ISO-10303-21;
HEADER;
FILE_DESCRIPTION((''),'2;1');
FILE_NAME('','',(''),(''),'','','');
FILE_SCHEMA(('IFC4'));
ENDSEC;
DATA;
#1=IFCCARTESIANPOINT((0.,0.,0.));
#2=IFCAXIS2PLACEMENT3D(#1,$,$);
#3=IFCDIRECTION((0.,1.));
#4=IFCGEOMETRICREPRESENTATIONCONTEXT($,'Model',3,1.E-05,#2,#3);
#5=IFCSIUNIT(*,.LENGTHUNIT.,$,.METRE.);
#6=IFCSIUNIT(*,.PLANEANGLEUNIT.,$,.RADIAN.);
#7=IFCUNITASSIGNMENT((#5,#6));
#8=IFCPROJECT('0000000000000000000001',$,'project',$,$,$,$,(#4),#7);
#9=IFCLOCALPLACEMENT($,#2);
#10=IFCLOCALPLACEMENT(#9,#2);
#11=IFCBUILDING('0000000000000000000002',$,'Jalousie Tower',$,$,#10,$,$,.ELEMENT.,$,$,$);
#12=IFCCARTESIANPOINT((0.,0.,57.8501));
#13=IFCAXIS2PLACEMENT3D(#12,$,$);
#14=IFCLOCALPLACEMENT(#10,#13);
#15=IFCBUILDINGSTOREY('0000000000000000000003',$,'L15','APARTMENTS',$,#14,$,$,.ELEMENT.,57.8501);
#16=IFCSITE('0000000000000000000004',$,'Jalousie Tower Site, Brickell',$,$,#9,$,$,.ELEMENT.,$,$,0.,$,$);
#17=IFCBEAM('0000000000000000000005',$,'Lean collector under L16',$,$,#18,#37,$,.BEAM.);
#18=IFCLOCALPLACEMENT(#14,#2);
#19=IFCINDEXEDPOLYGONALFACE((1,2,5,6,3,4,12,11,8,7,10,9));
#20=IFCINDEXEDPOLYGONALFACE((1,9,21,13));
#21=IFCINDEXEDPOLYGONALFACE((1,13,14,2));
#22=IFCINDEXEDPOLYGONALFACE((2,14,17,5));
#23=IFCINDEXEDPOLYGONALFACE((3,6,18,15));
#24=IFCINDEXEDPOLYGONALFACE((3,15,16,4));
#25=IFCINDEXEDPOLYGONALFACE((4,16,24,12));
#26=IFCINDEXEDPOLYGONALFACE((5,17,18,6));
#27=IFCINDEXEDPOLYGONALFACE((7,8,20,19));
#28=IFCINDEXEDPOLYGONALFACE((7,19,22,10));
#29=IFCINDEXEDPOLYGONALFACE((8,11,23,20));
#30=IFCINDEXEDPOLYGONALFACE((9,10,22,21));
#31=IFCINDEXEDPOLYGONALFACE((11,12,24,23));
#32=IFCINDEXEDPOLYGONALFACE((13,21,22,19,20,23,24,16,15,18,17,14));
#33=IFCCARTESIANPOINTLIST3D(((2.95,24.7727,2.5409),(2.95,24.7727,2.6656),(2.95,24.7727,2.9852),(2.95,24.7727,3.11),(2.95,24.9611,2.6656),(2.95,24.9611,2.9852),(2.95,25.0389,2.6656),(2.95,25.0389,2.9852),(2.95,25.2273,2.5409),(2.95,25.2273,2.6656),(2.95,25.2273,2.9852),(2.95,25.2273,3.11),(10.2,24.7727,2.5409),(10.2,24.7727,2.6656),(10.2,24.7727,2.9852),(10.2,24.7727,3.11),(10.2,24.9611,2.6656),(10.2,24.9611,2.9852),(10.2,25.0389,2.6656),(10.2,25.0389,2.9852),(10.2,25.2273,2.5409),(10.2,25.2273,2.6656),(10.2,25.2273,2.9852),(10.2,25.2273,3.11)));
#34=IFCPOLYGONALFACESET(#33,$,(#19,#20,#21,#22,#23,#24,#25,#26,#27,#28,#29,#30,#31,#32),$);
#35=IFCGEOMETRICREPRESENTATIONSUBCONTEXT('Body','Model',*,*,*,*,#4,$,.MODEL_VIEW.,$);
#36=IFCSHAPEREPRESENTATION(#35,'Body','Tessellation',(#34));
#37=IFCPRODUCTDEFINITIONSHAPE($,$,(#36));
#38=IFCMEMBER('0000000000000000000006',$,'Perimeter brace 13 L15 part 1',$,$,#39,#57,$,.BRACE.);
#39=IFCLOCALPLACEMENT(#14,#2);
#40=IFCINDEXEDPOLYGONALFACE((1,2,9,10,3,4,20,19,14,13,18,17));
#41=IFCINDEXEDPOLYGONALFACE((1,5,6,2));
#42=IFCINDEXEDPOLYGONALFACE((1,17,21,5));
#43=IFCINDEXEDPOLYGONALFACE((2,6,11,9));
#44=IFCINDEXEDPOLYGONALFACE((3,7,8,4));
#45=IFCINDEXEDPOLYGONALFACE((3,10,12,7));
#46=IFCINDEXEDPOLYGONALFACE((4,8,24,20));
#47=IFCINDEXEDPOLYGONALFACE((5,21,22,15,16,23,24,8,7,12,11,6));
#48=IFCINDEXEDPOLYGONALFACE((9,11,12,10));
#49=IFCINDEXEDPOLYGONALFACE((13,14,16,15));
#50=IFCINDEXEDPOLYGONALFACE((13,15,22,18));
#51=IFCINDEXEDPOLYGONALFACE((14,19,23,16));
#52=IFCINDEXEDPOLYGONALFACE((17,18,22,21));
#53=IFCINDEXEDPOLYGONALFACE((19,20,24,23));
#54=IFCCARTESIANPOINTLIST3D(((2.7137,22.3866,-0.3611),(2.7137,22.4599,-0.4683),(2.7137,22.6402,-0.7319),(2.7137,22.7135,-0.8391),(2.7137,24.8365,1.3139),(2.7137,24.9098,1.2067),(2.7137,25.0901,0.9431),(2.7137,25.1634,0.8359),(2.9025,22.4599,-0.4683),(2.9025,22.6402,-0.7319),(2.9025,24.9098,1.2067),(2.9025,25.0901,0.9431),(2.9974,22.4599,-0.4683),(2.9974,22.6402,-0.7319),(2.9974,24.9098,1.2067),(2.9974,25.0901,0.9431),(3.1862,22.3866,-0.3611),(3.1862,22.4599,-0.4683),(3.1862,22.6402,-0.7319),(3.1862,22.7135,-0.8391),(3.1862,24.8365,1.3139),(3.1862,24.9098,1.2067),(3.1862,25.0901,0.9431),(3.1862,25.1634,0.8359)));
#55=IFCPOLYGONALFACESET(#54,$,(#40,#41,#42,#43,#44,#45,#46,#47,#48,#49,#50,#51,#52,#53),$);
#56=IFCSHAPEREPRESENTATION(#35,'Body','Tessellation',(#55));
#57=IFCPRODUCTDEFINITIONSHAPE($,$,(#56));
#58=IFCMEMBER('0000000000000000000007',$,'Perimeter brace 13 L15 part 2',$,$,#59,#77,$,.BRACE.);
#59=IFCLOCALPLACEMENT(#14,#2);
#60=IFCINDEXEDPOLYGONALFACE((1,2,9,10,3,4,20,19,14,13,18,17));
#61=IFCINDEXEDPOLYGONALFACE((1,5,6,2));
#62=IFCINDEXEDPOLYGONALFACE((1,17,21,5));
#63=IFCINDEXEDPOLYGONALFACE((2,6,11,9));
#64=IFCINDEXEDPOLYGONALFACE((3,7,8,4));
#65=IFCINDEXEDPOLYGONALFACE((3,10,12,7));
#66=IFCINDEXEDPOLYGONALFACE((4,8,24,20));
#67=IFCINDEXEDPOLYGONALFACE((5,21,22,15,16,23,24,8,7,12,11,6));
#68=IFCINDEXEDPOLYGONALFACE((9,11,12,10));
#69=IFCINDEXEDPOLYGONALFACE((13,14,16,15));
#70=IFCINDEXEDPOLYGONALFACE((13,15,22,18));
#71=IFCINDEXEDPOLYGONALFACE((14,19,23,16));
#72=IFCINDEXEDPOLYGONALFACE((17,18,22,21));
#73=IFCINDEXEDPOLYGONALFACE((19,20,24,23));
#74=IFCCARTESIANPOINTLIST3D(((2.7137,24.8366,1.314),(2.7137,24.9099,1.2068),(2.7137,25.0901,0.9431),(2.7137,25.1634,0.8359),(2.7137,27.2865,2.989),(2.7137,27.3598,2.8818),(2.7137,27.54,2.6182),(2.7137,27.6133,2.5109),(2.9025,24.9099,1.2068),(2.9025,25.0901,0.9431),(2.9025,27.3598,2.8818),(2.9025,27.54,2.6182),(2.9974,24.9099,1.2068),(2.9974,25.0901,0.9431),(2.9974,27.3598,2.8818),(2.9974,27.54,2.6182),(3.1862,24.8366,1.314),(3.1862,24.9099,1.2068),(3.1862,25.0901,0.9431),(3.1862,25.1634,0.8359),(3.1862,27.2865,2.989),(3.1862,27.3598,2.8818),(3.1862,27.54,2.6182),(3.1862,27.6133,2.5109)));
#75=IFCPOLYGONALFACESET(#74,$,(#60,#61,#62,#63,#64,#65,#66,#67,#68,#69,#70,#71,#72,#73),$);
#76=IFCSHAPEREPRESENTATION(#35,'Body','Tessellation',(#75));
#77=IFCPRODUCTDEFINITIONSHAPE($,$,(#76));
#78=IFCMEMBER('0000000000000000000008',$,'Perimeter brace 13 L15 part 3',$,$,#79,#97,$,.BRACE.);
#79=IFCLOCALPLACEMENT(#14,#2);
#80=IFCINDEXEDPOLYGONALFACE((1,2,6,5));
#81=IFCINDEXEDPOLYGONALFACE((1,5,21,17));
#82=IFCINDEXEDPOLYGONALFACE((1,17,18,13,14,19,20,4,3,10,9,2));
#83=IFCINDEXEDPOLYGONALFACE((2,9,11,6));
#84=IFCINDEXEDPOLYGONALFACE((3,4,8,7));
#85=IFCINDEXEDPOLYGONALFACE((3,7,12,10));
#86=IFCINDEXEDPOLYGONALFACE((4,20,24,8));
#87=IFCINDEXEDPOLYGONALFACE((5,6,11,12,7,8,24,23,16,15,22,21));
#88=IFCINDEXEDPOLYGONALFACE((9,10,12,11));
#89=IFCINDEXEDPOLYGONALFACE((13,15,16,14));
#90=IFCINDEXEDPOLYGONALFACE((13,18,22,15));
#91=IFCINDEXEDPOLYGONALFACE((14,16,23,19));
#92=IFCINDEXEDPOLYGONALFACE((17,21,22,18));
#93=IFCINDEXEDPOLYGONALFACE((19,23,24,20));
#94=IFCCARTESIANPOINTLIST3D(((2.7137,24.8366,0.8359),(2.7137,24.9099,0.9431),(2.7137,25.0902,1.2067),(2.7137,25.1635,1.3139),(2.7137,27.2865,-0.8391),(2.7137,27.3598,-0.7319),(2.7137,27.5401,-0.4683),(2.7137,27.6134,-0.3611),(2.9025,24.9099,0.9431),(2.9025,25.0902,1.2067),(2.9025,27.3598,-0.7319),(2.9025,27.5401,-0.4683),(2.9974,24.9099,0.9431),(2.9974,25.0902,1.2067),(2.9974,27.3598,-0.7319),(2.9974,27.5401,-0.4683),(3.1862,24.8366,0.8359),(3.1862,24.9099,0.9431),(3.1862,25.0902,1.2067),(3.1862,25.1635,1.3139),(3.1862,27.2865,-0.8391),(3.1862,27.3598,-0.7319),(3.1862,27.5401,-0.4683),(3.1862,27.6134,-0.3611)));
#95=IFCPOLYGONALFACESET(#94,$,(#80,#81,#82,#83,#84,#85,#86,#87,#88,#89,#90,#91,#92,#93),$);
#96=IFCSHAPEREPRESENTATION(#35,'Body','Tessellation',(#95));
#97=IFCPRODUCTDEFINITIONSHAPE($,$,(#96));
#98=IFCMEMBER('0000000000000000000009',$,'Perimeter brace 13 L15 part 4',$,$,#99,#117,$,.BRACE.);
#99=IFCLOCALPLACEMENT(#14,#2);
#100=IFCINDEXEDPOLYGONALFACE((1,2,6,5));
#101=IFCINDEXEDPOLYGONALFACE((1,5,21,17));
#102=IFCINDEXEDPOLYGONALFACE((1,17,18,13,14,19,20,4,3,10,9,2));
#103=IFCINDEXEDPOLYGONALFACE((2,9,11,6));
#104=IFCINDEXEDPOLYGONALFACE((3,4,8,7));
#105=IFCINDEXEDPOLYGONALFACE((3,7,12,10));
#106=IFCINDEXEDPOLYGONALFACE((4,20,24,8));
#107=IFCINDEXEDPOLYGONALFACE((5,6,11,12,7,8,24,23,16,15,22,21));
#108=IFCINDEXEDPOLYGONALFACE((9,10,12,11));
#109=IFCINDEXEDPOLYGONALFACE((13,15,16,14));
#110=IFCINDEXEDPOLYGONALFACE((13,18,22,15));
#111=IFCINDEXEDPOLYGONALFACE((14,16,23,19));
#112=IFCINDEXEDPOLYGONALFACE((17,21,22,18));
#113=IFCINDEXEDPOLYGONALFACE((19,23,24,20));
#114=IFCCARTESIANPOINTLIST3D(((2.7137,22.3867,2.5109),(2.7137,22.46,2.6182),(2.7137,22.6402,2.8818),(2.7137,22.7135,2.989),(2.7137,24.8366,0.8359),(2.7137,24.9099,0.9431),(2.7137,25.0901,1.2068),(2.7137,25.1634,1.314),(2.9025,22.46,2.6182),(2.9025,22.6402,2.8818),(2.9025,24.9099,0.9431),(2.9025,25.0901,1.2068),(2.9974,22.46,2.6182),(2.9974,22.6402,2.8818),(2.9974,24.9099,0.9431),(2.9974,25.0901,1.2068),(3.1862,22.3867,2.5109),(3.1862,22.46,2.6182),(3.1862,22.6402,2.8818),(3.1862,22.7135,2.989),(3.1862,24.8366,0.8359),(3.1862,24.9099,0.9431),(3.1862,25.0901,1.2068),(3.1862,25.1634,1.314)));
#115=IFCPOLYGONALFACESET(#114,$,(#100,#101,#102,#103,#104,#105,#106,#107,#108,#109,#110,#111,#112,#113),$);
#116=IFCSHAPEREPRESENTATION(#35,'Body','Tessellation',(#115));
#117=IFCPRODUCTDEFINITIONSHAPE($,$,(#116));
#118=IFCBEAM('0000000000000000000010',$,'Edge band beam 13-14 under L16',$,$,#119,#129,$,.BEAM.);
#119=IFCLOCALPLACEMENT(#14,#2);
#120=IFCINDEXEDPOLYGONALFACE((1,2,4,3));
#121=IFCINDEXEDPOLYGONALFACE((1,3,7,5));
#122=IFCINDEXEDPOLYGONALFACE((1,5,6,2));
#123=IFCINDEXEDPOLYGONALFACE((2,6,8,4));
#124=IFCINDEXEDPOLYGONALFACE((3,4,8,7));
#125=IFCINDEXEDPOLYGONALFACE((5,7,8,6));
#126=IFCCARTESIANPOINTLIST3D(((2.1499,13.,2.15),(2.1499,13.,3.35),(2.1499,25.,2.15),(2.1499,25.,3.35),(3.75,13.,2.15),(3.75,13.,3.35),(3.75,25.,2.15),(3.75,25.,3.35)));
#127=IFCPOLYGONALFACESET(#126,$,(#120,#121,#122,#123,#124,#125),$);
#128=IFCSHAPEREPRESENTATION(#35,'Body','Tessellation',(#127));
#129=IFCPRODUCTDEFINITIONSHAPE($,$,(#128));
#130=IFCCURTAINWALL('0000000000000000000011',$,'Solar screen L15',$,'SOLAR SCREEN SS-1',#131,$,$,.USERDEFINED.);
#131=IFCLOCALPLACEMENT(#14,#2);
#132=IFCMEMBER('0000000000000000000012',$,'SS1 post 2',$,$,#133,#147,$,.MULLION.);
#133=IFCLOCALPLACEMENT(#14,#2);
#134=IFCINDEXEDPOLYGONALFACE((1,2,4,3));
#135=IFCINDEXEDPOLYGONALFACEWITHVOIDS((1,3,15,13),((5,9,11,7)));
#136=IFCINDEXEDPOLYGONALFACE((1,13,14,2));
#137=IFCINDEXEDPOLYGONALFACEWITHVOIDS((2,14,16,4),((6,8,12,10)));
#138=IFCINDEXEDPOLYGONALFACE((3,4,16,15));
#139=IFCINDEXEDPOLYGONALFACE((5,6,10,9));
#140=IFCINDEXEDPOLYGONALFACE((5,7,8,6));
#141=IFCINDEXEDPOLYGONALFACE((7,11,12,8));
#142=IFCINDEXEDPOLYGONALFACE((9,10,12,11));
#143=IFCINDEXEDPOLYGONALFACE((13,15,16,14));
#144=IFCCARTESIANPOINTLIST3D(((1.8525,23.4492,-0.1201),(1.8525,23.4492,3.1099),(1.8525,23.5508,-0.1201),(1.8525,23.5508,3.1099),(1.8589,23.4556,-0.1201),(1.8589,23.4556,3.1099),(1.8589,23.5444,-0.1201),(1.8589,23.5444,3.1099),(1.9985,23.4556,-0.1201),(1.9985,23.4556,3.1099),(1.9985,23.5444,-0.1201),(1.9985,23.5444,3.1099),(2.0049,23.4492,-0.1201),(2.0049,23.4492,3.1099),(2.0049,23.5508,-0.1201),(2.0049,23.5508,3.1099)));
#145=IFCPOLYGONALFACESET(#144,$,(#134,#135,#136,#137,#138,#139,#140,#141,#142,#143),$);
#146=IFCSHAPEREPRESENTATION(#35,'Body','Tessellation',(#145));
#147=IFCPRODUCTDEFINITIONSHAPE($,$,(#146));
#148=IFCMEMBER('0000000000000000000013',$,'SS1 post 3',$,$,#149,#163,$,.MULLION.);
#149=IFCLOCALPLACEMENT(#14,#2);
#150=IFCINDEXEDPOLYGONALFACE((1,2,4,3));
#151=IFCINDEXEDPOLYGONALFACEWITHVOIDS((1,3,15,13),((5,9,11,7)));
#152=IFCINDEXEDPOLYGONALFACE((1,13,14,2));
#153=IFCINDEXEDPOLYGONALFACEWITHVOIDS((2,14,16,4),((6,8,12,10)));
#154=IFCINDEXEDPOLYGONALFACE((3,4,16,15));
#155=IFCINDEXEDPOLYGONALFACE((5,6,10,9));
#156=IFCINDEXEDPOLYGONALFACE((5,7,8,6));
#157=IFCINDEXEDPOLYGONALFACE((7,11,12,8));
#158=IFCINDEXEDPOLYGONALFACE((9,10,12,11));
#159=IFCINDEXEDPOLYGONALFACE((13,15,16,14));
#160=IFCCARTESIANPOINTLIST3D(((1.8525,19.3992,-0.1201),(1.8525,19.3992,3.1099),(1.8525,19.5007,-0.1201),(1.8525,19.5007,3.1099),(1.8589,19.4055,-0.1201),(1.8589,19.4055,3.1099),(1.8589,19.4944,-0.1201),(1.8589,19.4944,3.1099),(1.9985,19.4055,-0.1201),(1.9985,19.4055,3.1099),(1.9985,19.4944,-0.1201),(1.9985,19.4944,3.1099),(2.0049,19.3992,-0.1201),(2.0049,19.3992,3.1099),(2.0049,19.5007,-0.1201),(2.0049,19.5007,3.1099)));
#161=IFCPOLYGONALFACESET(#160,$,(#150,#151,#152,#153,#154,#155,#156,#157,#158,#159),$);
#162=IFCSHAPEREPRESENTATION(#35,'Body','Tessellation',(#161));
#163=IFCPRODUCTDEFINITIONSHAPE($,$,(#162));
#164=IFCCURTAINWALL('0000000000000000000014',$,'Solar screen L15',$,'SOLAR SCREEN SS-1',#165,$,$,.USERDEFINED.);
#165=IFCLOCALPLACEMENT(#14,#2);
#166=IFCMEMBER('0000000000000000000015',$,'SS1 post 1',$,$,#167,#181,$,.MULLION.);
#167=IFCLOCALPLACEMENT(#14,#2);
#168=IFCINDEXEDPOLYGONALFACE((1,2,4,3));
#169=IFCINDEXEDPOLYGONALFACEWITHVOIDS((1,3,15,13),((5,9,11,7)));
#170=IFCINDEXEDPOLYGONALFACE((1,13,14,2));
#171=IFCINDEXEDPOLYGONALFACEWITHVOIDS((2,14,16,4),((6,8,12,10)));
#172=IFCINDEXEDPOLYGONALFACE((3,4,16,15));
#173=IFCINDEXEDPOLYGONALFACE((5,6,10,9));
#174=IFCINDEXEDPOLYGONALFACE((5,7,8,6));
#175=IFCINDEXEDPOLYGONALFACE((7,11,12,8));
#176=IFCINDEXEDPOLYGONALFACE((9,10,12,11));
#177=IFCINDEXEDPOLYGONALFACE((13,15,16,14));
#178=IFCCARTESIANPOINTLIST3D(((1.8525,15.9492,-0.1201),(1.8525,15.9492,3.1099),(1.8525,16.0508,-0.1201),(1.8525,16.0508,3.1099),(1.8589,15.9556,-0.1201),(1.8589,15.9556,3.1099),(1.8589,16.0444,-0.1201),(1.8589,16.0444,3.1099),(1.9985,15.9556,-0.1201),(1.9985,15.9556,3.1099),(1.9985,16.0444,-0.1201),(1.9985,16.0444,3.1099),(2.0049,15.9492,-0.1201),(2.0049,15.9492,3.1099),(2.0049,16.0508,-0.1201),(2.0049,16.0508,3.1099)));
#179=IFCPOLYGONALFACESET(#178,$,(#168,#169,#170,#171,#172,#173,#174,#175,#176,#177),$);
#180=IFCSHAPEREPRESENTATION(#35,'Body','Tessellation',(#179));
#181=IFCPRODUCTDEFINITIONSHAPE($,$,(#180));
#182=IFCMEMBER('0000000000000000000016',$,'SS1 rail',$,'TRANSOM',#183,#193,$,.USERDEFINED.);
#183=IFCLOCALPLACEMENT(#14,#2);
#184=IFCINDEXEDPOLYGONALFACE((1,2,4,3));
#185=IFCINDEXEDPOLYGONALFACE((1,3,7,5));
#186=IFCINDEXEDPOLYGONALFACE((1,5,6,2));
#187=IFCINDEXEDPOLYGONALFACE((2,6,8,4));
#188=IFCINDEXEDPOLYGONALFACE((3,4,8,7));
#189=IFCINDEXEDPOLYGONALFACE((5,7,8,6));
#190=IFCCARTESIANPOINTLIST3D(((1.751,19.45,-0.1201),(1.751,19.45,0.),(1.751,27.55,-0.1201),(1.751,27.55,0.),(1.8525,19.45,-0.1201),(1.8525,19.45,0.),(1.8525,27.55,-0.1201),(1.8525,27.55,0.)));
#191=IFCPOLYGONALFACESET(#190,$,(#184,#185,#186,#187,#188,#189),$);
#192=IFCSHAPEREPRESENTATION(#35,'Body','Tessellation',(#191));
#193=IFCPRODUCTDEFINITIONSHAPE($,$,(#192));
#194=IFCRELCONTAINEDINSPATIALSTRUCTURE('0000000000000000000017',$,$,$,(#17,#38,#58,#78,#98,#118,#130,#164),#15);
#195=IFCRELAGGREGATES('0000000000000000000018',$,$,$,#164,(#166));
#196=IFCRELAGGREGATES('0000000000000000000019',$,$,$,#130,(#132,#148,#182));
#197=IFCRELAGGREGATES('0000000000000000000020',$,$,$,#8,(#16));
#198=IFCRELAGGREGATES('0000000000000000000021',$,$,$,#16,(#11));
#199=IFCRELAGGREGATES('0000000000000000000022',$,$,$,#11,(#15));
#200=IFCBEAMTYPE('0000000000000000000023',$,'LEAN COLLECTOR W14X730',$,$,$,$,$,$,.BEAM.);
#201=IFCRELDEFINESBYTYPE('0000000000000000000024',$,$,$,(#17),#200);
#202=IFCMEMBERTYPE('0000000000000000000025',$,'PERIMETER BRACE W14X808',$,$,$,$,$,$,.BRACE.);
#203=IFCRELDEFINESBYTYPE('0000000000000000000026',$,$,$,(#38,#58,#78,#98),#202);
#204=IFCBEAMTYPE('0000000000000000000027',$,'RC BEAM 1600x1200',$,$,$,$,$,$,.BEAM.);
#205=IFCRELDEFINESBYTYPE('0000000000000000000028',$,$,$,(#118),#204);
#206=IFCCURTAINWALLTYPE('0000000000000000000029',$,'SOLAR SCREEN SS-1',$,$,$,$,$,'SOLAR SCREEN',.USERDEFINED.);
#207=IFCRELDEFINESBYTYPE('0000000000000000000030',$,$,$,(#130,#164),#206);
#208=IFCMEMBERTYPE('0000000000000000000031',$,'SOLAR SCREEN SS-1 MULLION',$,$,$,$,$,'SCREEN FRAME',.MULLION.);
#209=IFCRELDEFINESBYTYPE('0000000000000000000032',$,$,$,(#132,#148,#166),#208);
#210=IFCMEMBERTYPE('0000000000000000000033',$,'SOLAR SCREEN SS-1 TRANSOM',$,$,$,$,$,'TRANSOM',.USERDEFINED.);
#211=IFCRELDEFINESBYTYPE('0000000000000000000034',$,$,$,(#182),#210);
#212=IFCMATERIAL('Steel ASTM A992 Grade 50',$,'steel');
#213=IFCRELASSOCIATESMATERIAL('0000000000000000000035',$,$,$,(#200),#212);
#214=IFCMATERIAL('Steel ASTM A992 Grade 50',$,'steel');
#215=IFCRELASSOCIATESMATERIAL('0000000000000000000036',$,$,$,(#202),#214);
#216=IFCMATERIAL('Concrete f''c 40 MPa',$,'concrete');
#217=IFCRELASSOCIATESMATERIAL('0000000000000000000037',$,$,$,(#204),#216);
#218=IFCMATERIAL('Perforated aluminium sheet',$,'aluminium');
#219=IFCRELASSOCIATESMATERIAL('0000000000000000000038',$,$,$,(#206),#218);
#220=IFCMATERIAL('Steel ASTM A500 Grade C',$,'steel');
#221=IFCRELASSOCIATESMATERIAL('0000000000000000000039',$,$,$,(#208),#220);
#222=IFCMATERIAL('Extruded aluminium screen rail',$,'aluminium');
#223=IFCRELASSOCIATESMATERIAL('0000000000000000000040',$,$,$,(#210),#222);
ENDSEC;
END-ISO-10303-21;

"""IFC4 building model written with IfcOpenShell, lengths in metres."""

from ifc_helpers import new_model, si_unit, direction, frame, origin, origin_2d, place, context, subcontext, project, spatial, rectangle, hollow_rectangle, i_section, extrude, material, material_profile, profile_set, type_object, element, aggregate, save


model = new_model("IFC4")

# Units and contexts
model_context = context("Model", 3, precision=1e-05, world=origin(), true_north=direction((0.0, 1.0)))
body_context = subcontext(model_context, "Body", "Model", "MODEL_VIEW")
ifc_project = project(units=[si_unit("LENGTHUNIT", "METRE"), si_unit("PLANEANGLEUNIT", "RADIAN")], contexts=[model_context])

# Site, building, storey
site_placement = place(None, origin())
site = spatial("IfcSite", under=ifc_project, at=site_placement, Name="Jalousie Tower Site, Brickell", CompositionType="ELEMENT", RefElevation=0.0)
building_placement = place(site_placement, origin())
building = spatial("IfcBuilding", under=site, at=building_placement, Name="Jalousie Tower", CompositionType="ELEMENT")
storey_placement = place(building_placement, frame((0.0, 0.0, 57.8501)))
storey = spatial("IfcBuildingStorey", under=building, at=storey_placement, Name="L15", Description="APARTMENTS", CompositionType="ELEMENT", Elevation=57.8501)

# Beam
ifc_material_1 = material(Name="Steel ASTM A992 Grade 50", Category="steel")
ifc_material_profile_1 = material_profile(ifc_material_1, i_section(OverallWidth=0.4546, OverallDepth=0.5691, WebThickness=0.0779, FlangeThickness=0.1248, at=origin_2d()), Name="W14X730")
ifc_profile_set_1 = profile_set([ifc_material_profile_1], Name="Steel ASTM A992 Grade 50")
beam_type_1 = type_object("IfcBeamType", Name="LEAN COLLECTOR W14X730", PredefinedType="BEAM", material=ifc_profile_set_1)
beam_1_placement = place(storey_placement, frame((2.95, 25.0, 2.8254), z_axis=(1.0, 0.0, 0.0), x_axis=(0.0, 1.0, 0.0)))
element("IfcBeam", 1, at=beam_1_placement, inside=storey, type_object=beam_type_1, Name="Lean collector under L16", PredefinedType="BEAM", context=body_context, shape_type="SweptSolid", body=[
    extrude(i_section(OverallWidth=0.4546, OverallDepth=0.5691, WebThickness=0.0779, FlangeThickness=0.1248, at=origin_2d()), origin(), (0.0, 0.0, 1.0), 7.25),
])

# Members
ifc_material_2 = material(Name="Steel ASTM A992 Grade 50", Category="steel")
ifc_material_profile_2 = material_profile(ifc_material_2, i_section(OverallWidth=0.4724, OverallDepth=0.5791, WebThickness=0.095, FlangeThickness=0.1299, at=origin_2d()), Name="W14X808")
ifc_profile_set_2 = profile_set([ifc_material_profile_2], Name="Steel ASTM A992 Grade 50")
member_type_1 = type_object("IfcMemberType", Name="PERIMETER BRACE W14X808", PredefinedType="BRACE", material=ifc_profile_set_2)
for number, where, z_axis, x_axis, name in (
    (2, (2.95, 22.55, -0.6001), (0.0, 0.825501, 0.564401), (-1.0, 0.0, 0.0), "Perimeter brace 13 L15 part 1"),
    (3, (2.95, 25.0, 1.075), (0.0, 0.825501, 0.564401), (-1.0, 0.0, 0.0), "Perimeter brace 13 L15 part 2"),
    (4, (2.95, 27.45, -0.6001), (0.0, -0.825501, 0.564401), (1.0, 0.0, 0.0), "Perimeter brace 13 L15 part 3"),
    (5, (2.95, 25.0, 1.075), (0.0, -0.825501, 0.564401), (1.0, 0.0, 0.0), "Perimeter brace 13 L15 part 4"),
):
    element("IfcMember", number, at=place(storey_placement, frame(where, z_axis=z_axis, x_axis=x_axis)), inside=storey, type_object=member_type_1, Name=name, PredefinedType="BRACE", context=body_context, shape_type="SweptSolid", body=[
        extrude(i_section(OverallWidth=0.4724, OverallDepth=0.5791, WebThickness=0.095, FlangeThickness=0.1299, at=origin_2d()), origin(), (0.0, 0.0, 1.0), 2.9678),
    ])

# Beam
ifc_material_3 = material(Name="Concrete f'c 40 MPa", Category="concrete")
ifc_material_profile_3 = material_profile(ifc_material_3, rectangle(XDim=1.6001, YDim=1.2, at=origin_2d()), Name="RC 1600x1200")
ifc_profile_set_3 = profile_set([ifc_material_profile_3], Name="Concrete f'c 40 MPa")
beam_type_2 = type_object("IfcBeamType", Name="RC BEAM 1600x1200", PredefinedType="BEAM", material=ifc_profile_set_3)
beam_2_placement = place(storey_placement, frame((2.95, 25.0, 2.75), z_axis=(0.0, -1.0, 0.0), x_axis=(1.0, 0.0, 0.0)))
element("IfcBeam", 6, at=beam_2_placement, inside=storey, type_object=beam_type_2, Name="Edge band beam 13-14 under L16", PredefinedType="BEAM", context=body_context, shape_type="SweptSolid", body=[
    extrude(rectangle(XDim=1.6001, YDim=1.2, at=origin_2d()), origin(), (0.0, 0.0, 1.0), 12.0),
])

# Curtain wall, members
ifc_material_4 = material(Name="Perforated aluminium sheet", Category="aluminium")
curtain_wall_type = type_object("IfcCurtainWallType", Name="SOLAR SCREEN SS-1", ElementType="SOLAR SCREEN", PredefinedType="USERDEFINED", material=ifc_material_4)
curtain_wall_1_placement = place(storey_placement, origin())
curtain_wall_1 = element("IfcCurtainWall", 7, at=curtain_wall_1_placement, inside=storey, type_object=curtain_wall_type, Name="Solar screen L15", ObjectType="SOLAR SCREEN SS-1", PredefinedType="USERDEFINED")
ifc_material_5 = material(Name="Steel ASTM A500 Grade C", Category="steel")
ifc_material_profile_4 = material_profile(ifc_material_5, hollow_rectangle(XDim=0.1016, YDim=0.1523, WallThickness=0.0063, at=origin_2d()), Name="HSS6X4X1/4")
ifc_profile_set_4 = profile_set([ifc_material_profile_4], Name="Steel ASTM A500 Grade C")
member_type_2 = type_object("IfcMemberType", Name="SOLAR SCREEN SS-1 MULLION", ElementType="SCREEN FRAME", PredefinedType="MULLION", material=ifc_profile_set_4)
member_1_placement = place(storey_placement, frame((1.9287, 23.5, -0.1201), z_axis=(0.0, 0.0, 1.0), x_axis=(0.0, -1.0, 0.0)))
member_1 = element("IfcMember", 8, at=member_1_placement, type_object=member_type_2, Name="SS1 post 2", PredefinedType="MULLION", context=body_context, shape_type="SweptSolid", body=[
    extrude(hollow_rectangle(XDim=0.1016, YDim=0.1523, WallThickness=0.0063, at=origin_2d()), origin(), (0.0, 0.0, 1.0), 3.23),
])
member_2_placement = place(storey_placement, frame((1.9287, 19.45, -0.1201), z_axis=(0.0, 0.0, 1.0), x_axis=(0.0, -1.0, 0.0)))
member_2 = element("IfcMember", 9, at=member_2_placement, type_object=member_type_2, Name="SS1 post 3", PredefinedType="MULLION", context=body_context, shape_type="SweptSolid", body=[
    extrude(hollow_rectangle(XDim=0.1016, YDim=0.1523, WallThickness=0.0063, at=origin_2d()), origin(), (0.0, 0.0, 1.0), 3.23),
])

# Curtain wall, member
curtain_wall_2_placement = place(storey_placement, origin())
curtain_wall_2 = element("IfcCurtainWall", 10, at=curtain_wall_2_placement, inside=storey, type_object=curtain_wall_type, Name="Solar screen L15", ObjectType="SOLAR SCREEN SS-1", PredefinedType="USERDEFINED")
member_3_placement = place(storey_placement, frame((1.9287, 16.0, -0.1201), z_axis=(0.0, 0.0, 1.0), x_axis=(0.0, -1.0, 0.0)))
member_3 = element("IfcMember", 11, at=member_3_placement, type_object=member_type_2, Name="SS1 post 1", PredefinedType="MULLION", context=body_context, shape_type="SweptSolid", body=[
    extrude(hollow_rectangle(XDim=0.1016, YDim=0.1523, WallThickness=0.0063, at=origin_2d()), origin(), (0.0, 0.0, 1.0), 3.23),
])

# Member
ifc_material_6 = material(Name="Extruded aluminium screen rail", Category="aluminium")
ifc_material_profile_5 = material_profile(ifc_material_6, rectangle(XDim=0.1016, YDim=0.1201, at=origin_2d()), Name="RAIL 102x120")
ifc_profile_set_5 = profile_set([ifc_material_profile_5], Name="Extruded aluminium screen rail")
member_type_3 = type_object("IfcMemberType", Name="SOLAR SCREEN SS-1 TRANSOM", ElementType="TRANSOM", PredefinedType="USERDEFINED", material=ifc_profile_set_5)
member_4_placement = place(storey_placement, frame((1.8018, 27.55, -0.0601), z_axis=(0.0, -1.0, 0.0), x_axis=(1.0, 0.0, 0.0)))
member_4 = element("IfcMember", 12, at=member_4_placement, type_object=member_type_3, Name="SS1 rail", ObjectType="TRANSOM", PredefinedType="USERDEFINED", context=body_context, shape_type="SweptSolid", body=[
    extrude(rectangle(XDim=0.1016, YDim=0.1201, at=origin_2d()), origin(), (0.0, 0.0, 1.0), 8.1001),
])
aggregate(curtain_wall_2, [member_3])

aggregate(curtain_wall_1, [member_1, member_2, member_4])

save(model, "model.ifc")
